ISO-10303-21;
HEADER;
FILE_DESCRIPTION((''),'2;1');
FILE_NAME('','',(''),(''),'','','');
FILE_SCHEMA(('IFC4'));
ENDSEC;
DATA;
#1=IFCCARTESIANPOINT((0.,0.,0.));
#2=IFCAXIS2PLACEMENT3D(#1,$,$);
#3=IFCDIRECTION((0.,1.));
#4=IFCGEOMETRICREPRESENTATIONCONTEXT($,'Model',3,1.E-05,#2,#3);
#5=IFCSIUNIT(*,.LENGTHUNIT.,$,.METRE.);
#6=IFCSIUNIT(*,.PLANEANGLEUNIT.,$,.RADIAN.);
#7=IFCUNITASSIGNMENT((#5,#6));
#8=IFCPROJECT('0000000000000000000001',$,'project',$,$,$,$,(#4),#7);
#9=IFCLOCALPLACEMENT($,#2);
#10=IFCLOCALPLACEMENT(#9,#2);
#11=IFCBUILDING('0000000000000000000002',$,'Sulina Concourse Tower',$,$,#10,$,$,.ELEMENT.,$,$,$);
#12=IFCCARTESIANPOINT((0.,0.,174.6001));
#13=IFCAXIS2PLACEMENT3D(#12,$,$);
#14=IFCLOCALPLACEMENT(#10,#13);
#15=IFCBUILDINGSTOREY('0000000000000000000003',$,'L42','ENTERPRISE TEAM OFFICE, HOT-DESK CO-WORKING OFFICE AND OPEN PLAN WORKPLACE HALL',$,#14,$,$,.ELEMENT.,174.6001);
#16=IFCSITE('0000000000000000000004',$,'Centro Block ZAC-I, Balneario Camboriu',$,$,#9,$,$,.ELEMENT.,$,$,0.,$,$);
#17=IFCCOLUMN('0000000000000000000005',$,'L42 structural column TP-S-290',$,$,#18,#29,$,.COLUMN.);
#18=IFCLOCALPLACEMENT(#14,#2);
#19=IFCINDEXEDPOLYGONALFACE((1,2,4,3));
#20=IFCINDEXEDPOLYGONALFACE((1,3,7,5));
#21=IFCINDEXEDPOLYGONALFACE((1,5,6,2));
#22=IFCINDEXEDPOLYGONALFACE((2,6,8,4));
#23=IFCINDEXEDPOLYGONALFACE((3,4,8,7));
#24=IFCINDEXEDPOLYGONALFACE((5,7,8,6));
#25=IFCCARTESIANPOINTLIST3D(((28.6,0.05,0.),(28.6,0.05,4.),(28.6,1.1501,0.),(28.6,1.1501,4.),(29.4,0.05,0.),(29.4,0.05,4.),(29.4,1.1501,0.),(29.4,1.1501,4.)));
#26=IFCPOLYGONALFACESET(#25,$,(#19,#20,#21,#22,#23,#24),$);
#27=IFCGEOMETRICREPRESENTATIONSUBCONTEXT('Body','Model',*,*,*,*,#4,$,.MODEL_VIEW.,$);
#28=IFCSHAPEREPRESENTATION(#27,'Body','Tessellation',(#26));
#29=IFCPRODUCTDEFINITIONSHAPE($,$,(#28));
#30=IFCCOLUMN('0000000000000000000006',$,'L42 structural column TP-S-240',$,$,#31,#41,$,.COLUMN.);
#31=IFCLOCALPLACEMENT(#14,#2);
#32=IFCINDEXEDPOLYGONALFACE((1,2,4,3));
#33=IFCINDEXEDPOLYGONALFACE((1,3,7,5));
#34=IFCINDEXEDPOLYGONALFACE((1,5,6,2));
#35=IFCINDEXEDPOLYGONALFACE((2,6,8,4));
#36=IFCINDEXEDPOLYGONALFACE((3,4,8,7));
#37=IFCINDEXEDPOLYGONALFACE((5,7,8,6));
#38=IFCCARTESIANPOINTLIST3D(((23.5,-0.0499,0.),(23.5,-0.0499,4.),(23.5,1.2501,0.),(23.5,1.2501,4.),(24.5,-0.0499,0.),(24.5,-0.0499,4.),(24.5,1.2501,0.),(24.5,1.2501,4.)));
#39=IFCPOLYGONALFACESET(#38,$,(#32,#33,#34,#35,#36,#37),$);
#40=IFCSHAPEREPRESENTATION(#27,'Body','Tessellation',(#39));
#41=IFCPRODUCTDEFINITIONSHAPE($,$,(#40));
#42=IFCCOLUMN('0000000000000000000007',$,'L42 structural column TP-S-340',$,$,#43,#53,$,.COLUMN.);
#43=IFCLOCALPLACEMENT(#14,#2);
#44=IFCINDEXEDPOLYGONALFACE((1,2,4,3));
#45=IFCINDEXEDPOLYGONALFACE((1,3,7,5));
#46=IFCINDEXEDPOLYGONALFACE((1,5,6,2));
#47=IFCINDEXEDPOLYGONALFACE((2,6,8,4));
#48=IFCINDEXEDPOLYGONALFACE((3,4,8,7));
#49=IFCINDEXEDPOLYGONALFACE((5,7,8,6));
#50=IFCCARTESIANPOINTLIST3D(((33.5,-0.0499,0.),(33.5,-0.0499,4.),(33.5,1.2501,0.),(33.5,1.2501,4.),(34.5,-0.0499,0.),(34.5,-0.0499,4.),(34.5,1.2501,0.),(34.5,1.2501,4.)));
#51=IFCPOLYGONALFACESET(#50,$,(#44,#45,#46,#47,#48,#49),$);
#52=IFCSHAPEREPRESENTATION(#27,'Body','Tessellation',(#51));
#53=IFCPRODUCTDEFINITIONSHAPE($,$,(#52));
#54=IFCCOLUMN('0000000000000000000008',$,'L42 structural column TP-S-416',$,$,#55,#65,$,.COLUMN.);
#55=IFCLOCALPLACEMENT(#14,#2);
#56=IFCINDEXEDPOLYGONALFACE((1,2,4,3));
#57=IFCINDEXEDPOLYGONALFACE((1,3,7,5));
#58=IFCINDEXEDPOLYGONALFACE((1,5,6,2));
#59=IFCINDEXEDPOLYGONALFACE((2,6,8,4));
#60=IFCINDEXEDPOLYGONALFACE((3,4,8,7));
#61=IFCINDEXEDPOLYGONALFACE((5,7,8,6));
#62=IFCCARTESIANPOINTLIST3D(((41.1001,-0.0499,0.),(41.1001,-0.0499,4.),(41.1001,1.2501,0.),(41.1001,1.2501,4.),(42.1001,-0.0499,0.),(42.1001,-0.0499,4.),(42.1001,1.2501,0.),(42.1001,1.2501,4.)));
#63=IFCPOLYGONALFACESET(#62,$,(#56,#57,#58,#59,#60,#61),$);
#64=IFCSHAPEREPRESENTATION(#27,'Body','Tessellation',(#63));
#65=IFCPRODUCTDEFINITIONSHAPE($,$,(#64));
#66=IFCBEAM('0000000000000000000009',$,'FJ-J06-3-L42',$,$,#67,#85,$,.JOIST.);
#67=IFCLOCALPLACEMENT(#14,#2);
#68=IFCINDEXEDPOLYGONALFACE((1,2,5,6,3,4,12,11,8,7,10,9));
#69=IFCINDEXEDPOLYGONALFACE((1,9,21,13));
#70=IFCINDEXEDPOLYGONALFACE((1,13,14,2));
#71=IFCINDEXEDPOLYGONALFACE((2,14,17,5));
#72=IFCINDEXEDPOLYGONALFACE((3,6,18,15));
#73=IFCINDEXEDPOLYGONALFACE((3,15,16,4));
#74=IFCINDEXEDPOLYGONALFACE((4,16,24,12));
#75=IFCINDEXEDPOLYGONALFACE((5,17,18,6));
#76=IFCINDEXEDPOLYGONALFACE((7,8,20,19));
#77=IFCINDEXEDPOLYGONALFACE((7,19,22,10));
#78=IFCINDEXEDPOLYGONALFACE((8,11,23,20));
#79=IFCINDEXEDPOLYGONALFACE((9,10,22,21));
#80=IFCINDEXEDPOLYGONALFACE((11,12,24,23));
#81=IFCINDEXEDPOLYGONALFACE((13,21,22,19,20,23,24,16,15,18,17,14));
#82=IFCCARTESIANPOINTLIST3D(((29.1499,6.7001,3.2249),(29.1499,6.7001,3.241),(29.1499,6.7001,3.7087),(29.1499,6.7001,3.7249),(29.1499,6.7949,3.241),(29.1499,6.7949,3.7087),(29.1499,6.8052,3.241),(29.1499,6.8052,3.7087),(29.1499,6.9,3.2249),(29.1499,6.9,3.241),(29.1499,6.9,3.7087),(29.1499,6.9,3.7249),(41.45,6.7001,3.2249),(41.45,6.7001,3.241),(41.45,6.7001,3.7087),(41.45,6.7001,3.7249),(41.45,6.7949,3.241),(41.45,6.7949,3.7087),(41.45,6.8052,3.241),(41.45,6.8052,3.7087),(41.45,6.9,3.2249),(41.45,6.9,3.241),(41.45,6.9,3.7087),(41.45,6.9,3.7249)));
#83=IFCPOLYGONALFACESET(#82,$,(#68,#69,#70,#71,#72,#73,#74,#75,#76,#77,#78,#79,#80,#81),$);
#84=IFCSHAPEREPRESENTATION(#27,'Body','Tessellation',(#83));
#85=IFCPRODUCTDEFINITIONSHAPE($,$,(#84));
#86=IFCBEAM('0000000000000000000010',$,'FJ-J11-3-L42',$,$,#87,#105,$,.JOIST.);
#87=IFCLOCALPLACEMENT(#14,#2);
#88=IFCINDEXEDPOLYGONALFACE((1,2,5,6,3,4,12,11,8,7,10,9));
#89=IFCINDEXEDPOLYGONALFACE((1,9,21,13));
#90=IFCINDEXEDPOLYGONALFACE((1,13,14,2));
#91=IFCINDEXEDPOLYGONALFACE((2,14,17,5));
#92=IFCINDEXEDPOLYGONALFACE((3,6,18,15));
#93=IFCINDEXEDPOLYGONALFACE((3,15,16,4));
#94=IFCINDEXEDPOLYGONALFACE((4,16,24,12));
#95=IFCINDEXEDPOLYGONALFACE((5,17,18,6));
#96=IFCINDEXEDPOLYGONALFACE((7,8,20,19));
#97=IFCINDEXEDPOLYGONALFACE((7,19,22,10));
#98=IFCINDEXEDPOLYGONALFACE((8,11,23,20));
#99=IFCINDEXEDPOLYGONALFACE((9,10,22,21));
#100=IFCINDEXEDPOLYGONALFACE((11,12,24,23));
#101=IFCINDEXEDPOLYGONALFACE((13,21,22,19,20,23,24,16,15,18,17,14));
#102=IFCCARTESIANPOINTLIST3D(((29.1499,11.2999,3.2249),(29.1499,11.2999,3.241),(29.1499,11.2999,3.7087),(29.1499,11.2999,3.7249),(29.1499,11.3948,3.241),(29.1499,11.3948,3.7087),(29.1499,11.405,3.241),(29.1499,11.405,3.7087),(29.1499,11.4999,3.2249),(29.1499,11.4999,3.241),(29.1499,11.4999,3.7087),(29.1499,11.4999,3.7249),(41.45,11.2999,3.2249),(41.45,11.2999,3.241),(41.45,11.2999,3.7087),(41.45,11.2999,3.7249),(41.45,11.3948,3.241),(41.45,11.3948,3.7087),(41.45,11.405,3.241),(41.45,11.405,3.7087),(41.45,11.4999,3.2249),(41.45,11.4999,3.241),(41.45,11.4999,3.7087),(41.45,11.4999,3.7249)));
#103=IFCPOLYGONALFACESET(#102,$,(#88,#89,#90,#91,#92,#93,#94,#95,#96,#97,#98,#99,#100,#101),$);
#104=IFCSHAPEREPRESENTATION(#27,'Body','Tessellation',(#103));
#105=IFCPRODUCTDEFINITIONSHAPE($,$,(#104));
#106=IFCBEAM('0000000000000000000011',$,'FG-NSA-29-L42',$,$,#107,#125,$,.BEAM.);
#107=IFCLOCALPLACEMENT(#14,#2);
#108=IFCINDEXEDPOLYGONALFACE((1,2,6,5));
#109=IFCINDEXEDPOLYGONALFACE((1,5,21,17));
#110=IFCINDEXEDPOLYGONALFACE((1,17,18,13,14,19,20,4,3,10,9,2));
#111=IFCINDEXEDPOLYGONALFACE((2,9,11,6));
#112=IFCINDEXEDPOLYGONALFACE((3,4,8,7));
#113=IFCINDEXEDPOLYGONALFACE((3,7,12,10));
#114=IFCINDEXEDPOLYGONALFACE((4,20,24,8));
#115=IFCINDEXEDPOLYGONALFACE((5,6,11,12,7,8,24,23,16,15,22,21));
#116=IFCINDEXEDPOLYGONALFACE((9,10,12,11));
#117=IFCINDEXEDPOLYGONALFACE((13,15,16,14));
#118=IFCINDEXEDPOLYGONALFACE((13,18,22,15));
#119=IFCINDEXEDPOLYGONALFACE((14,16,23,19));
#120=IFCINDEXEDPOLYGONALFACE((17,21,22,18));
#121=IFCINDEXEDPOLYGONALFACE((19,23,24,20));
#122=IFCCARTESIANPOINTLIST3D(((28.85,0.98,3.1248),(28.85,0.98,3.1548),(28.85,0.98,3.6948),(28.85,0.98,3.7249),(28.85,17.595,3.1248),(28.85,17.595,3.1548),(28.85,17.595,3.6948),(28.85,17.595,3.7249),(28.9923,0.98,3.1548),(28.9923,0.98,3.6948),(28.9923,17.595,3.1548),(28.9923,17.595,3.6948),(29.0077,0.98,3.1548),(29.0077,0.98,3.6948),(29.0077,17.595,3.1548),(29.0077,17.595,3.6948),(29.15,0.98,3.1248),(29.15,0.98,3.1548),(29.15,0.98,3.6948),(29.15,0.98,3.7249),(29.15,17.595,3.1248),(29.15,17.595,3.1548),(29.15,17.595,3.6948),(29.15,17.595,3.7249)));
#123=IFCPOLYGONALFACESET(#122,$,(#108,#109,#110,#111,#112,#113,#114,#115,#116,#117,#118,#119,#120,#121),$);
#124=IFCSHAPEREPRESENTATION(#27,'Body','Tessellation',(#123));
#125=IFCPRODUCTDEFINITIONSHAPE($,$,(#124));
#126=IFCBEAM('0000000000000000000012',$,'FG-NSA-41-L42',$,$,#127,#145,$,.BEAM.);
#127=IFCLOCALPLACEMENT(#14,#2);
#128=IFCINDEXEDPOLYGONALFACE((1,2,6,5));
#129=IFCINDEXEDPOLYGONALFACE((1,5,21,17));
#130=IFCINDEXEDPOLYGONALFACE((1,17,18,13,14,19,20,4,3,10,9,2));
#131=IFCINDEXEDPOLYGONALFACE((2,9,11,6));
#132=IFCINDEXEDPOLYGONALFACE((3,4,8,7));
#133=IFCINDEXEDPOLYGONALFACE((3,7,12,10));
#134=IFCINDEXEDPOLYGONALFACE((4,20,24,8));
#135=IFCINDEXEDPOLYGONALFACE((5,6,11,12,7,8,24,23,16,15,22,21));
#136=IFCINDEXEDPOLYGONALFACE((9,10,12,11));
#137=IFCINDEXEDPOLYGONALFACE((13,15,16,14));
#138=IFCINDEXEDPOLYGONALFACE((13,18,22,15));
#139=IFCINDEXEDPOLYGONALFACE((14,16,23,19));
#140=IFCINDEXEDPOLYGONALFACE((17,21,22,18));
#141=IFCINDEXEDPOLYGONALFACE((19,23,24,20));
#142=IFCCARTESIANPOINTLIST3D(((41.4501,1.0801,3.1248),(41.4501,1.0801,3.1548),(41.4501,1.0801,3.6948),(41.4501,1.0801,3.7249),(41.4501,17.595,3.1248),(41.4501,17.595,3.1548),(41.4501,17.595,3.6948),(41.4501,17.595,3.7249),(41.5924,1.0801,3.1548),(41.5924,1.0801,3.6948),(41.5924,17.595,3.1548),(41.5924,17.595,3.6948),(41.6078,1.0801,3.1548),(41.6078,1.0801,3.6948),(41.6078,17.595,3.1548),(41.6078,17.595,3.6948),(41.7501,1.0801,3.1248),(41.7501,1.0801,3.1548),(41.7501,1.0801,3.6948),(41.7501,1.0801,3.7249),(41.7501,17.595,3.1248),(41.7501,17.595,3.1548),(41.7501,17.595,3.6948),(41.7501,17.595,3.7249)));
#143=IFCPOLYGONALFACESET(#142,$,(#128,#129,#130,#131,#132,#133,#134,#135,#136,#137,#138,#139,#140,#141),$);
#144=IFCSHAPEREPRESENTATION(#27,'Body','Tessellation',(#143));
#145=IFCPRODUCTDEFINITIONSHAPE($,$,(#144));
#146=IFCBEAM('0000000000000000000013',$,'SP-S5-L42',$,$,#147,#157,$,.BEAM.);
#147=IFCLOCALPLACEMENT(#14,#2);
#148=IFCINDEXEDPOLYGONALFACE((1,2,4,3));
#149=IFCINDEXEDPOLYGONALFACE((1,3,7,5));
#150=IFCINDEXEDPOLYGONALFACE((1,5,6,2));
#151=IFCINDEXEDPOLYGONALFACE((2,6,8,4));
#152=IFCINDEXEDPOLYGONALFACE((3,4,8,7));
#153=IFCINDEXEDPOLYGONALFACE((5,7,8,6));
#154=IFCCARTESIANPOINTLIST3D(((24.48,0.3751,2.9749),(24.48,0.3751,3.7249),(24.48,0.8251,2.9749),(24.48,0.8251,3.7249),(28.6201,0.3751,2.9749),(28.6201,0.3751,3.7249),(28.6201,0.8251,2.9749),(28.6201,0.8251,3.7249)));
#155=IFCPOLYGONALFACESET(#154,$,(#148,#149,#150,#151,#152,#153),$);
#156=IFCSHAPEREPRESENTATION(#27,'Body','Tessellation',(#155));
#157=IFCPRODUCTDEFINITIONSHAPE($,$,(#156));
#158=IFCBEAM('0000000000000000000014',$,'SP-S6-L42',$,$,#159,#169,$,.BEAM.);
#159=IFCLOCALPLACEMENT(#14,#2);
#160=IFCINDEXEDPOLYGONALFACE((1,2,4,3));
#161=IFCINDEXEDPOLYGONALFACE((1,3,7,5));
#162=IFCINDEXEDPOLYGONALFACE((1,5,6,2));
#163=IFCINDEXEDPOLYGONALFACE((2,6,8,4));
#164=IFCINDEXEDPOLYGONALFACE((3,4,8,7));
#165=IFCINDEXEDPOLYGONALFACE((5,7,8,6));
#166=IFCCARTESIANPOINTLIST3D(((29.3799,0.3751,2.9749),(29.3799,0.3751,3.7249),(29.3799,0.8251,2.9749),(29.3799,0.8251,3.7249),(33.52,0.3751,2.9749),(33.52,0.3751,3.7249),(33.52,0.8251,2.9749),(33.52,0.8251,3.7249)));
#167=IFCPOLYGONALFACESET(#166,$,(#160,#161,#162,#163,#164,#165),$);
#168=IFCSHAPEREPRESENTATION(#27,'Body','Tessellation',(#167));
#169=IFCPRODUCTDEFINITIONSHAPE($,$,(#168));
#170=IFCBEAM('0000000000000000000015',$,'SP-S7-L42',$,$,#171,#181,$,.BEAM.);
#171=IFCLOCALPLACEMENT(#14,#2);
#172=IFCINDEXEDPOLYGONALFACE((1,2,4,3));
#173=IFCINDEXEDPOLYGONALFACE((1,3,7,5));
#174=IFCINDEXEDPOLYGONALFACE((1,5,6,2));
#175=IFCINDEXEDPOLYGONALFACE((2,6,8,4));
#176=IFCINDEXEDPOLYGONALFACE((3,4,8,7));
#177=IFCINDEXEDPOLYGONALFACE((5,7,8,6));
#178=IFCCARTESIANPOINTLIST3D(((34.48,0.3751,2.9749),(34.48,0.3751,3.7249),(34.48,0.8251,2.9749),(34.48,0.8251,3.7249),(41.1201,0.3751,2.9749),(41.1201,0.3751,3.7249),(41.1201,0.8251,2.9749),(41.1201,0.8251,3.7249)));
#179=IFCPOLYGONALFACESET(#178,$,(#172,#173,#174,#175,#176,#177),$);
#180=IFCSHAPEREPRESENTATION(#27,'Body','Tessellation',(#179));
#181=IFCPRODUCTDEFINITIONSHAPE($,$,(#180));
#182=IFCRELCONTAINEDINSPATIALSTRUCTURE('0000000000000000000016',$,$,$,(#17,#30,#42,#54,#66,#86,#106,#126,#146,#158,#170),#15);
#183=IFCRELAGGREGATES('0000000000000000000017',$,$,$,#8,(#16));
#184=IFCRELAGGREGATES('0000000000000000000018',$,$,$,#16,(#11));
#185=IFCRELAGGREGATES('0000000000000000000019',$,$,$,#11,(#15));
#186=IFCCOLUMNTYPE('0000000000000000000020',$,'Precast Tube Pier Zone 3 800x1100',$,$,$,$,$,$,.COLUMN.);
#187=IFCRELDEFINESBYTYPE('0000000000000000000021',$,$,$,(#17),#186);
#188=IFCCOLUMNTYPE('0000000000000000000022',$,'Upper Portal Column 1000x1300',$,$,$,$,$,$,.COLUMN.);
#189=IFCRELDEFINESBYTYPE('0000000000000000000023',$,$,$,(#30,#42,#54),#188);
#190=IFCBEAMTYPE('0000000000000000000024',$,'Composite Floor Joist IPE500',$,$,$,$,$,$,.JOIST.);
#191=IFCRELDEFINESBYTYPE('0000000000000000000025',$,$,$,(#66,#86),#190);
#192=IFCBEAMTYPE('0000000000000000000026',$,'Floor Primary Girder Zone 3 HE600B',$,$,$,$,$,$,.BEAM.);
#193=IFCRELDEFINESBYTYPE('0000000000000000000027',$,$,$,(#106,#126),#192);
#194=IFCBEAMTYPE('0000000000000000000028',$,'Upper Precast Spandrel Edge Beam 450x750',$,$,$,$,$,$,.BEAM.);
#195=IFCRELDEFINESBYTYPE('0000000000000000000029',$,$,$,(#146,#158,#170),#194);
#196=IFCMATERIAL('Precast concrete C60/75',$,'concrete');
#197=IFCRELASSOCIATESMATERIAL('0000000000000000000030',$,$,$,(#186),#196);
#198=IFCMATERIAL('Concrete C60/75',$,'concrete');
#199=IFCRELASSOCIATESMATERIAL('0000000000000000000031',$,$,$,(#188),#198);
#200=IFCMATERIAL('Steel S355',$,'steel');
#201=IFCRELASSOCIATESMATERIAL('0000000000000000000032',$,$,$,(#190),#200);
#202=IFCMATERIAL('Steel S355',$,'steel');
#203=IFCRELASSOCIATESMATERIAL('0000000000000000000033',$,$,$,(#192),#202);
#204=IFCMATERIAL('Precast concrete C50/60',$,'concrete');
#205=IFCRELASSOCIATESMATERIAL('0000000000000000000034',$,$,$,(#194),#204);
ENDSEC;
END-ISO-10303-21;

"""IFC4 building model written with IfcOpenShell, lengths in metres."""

from ifc_helpers import new_model, si_unit, direction, frame, origin, origin_2d, place, context, subcontext, project, spatial, rectangle, i_section, extrude, material, material_profile, profile_set, type_object, element, save


model = new_model("IFC4")

# Units and contexts
model_context = context("Model", 3, precision=1e-05, world=origin(), true_north=direction((0.0, 1.0)))
body_context = subcontext(model_context, "Body", "Model", "MODEL_VIEW")
ifc_project = project(units=[si_unit("LENGTHUNIT", "METRE"), si_unit("PLANEANGLEUNIT", "RADIAN")], contexts=[model_context])

# Site, building, storey
site_placement = place(None, origin())
site = spatial("IfcSite", under=ifc_project, at=site_placement, Name="Centro Block ZAC-I, Balneario Camboriu", CompositionType="ELEMENT", RefElevation=0.0)
building_placement = place(site_placement, origin())
building = spatial("IfcBuilding", under=site, at=building_placement, Name="Sulina Concourse Tower", CompositionType="ELEMENT")
storey_placement = place(building_placement, frame((0.0, 0.0, 174.6001)))
storey = spatial("IfcBuildingStorey", under=building, at=storey_placement, Name="L42", Description="ENTERPRISE TEAM OFFICE, HOT-DESK CO-WORKING OFFICE AND OPEN PLAN WORKPLACE HALL", CompositionType="ELEMENT", Elevation=174.6001)

# Columns
ifc_material_1 = material(Name="Precast concrete C60/75", Category="concrete")
ifc_material_profile_1 = material_profile(ifc_material_1, rectangle(XDim=0.8, YDim=1.1001, at=origin_2d()), Name="PC 800x1100")
ifc_profile_set_1 = profile_set([ifc_material_profile_1], Name="Precast concrete C60/75")
column_type_1 = type_object("IfcColumnType", Name="Precast Tube Pier Zone 3 800x1100", PredefinedType="COLUMN", material=ifc_profile_set_1)
column_placement = place(storey_placement, frame((29.0, 0.6001, 0.0), z_axis=(0.0, 0.0, 1.0), x_axis=(1.0, 0.0, 0.0)))
element("IfcColumn", 1, at=column_placement, inside=storey, type_object=column_type_1, Name="L42 structural column TP-S-290", PredefinedType="COLUMN", context=body_context, shape_type="SweptSolid", body=[
    extrude(rectangle(XDim=0.8, YDim=1.1001, at=origin_2d()), origin(), (0.0, 0.0, 1.0), 4.0),
])
ifc_material_2 = material(Name="Concrete C60/75", Category="concrete")
ifc_material_profile_2 = material_profile(ifc_material_2, rectangle(XDim=1.0, YDim=1.3, at=origin_2d()), Name="RC 1000x1300")
ifc_profile_set_2 = profile_set([ifc_material_profile_2], Name="Concrete C60/75")
column_type_2 = type_object("IfcColumnType", Name="Upper Portal Column 1000x1300", PredefinedType="COLUMN", material=ifc_profile_set_2)
for number, where, z_axis, x_axis, name in (
    (2, (24.0, 0.6001, 0.0), (0.0, 0.0, 1.0), (1.0, 0.0, 0.0), "L42 structural column TP-S-240"),
    (3, (34.0, 0.6001, 0.0), (0.0, 0.0, 1.0), (1.0, 0.0, 0.0), "L42 structural column TP-S-340"),
    (4, (41.6001, 0.6001, 0.0), (0.0, 0.0, 1.0), (1.0, 0.0, 0.0), "L42 structural column TP-S-416"),
):
    element("IfcColumn", number, at=place(storey_placement, frame(where, z_axis=z_axis, x_axis=x_axis)), inside=storey, type_object=column_type_2, Name=name, PredefinedType="COLUMN", context=body_context, shape_type="SweptSolid", body=[
        extrude(rectangle(XDim=1.0, YDim=1.3, at=origin_2d()), origin(), (0.0, 0.0, 1.0), 4.0),
    ])

# Beams
ifc_material_3 = material(Name="Steel S355", Category="steel")
ifc_material_profile_3 = material_profile(ifc_material_3, i_section(OverallWidth=0.2, OverallDepth=0.5, WebThickness=0.0103, FlangeThickness=0.0161, at=origin_2d()), Name="IPE 500")
ifc_profile_set_3 = profile_set([ifc_material_profile_3], Name="Steel S355")
beam_type_1 = type_object("IfcBeamType", Name="Composite Floor Joist IPE500", PredefinedType="JOIST", material=ifc_profile_set_3)
for number, where, z_axis, x_axis, name in (
    (5, (29.1499, 6.8, 3.4749), (1.0, 0.0, 0.0), (0.0, 1.0, 0.0), "FJ-J06-3-L42"),
    (6, (29.1499, 11.3999, 3.4749), (1.0, 0.0, 0.0), (0.0, 1.0, 0.0), "FJ-J11-3-L42"),
):
    element("IfcBeam", number, at=place(storey_placement, frame(where, z_axis=z_axis, x_axis=x_axis)), inside=storey, type_object=beam_type_1, Name=name, PredefinedType="JOIST", context=body_context, shape_type="SweptSolid", body=[
        extrude(i_section(OverallWidth=0.2, OverallDepth=0.5, WebThickness=0.0103, FlangeThickness=0.0161, at=origin_2d()), origin(), (0.0, 0.0, 1.0), 12.3),
    ])
ifc_material_4 = material(Name="Steel S355", Category="steel")
ifc_material_profile_4 = material_profile(ifc_material_4, i_section(OverallWidth=0.3, OverallDepth=0.6001, WebThickness=0.0154, FlangeThickness=0.03, at=origin_2d()), Name="HE 600 B")
ifc_profile_set_4 = profile_set([ifc_material_profile_4], Name="Steel S355")
beam_type_2 = type_object("IfcBeamType", Name="Floor Primary Girder Zone 3 HE600B", PredefinedType="BEAM", material=ifc_profile_set_4)
beam_1_placement = place(storey_placement, frame((29.0, 0.98, 3.4248), z_axis=(0.0, 1.0, 0.0), x_axis=(-1.0, 0.0, 0.0)))
element("IfcBeam", 7, at=beam_1_placement, inside=storey, type_object=beam_type_2, Name="FG-NSA-29-L42", PredefinedType="BEAM", context=body_context, shape_type="SweptSolid", body=[
    extrude(i_section(OverallWidth=0.3, OverallDepth=0.6001, WebThickness=0.0154, FlangeThickness=0.03, at=origin_2d()), origin(), (0.0, 0.0, 1.0), 16.615),
])
beam_2_placement = place(storey_placement, frame((41.6001, 1.0801, 3.4248), z_axis=(0.0, 1.0, 0.0), x_axis=(-1.0, 0.0, 0.0)))
element("IfcBeam", 8, at=beam_2_placement, inside=storey, type_object=beam_type_2, Name="FG-NSA-41-L42", PredefinedType="BEAM", context=body_context, shape_type="SweptSolid", body=[
    extrude(i_section(OverallWidth=0.3, OverallDepth=0.6001, WebThickness=0.0154, FlangeThickness=0.03, at=origin_2d()), origin(), (0.0, 0.0, 1.0), 16.5149),
])
ifc_material_5 = material(Name="Precast concrete C50/60", Category="concrete")
ifc_material_profile_5 = material_profile(ifc_material_5, rectangle(XDim=0.45, YDim=0.75, at=origin_2d()), Name="RC 450x750")
ifc_profile_set_5 = profile_set([ifc_material_profile_5], Name="Precast concrete C50/60")
beam_type_3 = type_object("IfcBeamType", Name="Upper Precast Spandrel Edge Beam 450x750", PredefinedType="BEAM", material=ifc_profile_set_5)
for number, where, z_axis, x_axis, name in (
    (9, (24.48, 0.6001, 3.3499), (1.0, 0.0, 0.0), (0.0, 1.0, 0.0), "SP-S5-L42"),
    (10, (29.3799, 0.6001, 3.3499), (1.0, 0.0, 0.0), (0.0, 1.0, 0.0), "SP-S6-L42"),
):
    element("IfcBeam", number, at=place(storey_placement, frame(where, z_axis=z_axis, x_axis=x_axis)), inside=storey, type_object=beam_type_3, Name=name, PredefinedType="BEAM", context=body_context, shape_type="SweptSolid", body=[
        extrude(rectangle(XDim=0.45, YDim=0.75, at=origin_2d()), origin(), (0.0, 0.0, 1.0), 4.1401),
    ])
beam_3_placement = place(storey_placement, frame((34.48, 0.6001, 3.3499), z_axis=(1.0, 0.0, 0.0), x_axis=(0.0, 1.0, 0.0)))
element("IfcBeam", 11, at=beam_3_placement, inside=storey, type_object=beam_type_3, Name="SP-S7-L42", PredefinedType="BEAM", context=body_context, shape_type="SweptSolid", body=[
    extrude(rectangle(XDim=0.45, YDim=0.75, at=origin_2d()), origin(), (0.0, 0.0, 1.0), 6.6401),
])

save(model, "model.ifc")
